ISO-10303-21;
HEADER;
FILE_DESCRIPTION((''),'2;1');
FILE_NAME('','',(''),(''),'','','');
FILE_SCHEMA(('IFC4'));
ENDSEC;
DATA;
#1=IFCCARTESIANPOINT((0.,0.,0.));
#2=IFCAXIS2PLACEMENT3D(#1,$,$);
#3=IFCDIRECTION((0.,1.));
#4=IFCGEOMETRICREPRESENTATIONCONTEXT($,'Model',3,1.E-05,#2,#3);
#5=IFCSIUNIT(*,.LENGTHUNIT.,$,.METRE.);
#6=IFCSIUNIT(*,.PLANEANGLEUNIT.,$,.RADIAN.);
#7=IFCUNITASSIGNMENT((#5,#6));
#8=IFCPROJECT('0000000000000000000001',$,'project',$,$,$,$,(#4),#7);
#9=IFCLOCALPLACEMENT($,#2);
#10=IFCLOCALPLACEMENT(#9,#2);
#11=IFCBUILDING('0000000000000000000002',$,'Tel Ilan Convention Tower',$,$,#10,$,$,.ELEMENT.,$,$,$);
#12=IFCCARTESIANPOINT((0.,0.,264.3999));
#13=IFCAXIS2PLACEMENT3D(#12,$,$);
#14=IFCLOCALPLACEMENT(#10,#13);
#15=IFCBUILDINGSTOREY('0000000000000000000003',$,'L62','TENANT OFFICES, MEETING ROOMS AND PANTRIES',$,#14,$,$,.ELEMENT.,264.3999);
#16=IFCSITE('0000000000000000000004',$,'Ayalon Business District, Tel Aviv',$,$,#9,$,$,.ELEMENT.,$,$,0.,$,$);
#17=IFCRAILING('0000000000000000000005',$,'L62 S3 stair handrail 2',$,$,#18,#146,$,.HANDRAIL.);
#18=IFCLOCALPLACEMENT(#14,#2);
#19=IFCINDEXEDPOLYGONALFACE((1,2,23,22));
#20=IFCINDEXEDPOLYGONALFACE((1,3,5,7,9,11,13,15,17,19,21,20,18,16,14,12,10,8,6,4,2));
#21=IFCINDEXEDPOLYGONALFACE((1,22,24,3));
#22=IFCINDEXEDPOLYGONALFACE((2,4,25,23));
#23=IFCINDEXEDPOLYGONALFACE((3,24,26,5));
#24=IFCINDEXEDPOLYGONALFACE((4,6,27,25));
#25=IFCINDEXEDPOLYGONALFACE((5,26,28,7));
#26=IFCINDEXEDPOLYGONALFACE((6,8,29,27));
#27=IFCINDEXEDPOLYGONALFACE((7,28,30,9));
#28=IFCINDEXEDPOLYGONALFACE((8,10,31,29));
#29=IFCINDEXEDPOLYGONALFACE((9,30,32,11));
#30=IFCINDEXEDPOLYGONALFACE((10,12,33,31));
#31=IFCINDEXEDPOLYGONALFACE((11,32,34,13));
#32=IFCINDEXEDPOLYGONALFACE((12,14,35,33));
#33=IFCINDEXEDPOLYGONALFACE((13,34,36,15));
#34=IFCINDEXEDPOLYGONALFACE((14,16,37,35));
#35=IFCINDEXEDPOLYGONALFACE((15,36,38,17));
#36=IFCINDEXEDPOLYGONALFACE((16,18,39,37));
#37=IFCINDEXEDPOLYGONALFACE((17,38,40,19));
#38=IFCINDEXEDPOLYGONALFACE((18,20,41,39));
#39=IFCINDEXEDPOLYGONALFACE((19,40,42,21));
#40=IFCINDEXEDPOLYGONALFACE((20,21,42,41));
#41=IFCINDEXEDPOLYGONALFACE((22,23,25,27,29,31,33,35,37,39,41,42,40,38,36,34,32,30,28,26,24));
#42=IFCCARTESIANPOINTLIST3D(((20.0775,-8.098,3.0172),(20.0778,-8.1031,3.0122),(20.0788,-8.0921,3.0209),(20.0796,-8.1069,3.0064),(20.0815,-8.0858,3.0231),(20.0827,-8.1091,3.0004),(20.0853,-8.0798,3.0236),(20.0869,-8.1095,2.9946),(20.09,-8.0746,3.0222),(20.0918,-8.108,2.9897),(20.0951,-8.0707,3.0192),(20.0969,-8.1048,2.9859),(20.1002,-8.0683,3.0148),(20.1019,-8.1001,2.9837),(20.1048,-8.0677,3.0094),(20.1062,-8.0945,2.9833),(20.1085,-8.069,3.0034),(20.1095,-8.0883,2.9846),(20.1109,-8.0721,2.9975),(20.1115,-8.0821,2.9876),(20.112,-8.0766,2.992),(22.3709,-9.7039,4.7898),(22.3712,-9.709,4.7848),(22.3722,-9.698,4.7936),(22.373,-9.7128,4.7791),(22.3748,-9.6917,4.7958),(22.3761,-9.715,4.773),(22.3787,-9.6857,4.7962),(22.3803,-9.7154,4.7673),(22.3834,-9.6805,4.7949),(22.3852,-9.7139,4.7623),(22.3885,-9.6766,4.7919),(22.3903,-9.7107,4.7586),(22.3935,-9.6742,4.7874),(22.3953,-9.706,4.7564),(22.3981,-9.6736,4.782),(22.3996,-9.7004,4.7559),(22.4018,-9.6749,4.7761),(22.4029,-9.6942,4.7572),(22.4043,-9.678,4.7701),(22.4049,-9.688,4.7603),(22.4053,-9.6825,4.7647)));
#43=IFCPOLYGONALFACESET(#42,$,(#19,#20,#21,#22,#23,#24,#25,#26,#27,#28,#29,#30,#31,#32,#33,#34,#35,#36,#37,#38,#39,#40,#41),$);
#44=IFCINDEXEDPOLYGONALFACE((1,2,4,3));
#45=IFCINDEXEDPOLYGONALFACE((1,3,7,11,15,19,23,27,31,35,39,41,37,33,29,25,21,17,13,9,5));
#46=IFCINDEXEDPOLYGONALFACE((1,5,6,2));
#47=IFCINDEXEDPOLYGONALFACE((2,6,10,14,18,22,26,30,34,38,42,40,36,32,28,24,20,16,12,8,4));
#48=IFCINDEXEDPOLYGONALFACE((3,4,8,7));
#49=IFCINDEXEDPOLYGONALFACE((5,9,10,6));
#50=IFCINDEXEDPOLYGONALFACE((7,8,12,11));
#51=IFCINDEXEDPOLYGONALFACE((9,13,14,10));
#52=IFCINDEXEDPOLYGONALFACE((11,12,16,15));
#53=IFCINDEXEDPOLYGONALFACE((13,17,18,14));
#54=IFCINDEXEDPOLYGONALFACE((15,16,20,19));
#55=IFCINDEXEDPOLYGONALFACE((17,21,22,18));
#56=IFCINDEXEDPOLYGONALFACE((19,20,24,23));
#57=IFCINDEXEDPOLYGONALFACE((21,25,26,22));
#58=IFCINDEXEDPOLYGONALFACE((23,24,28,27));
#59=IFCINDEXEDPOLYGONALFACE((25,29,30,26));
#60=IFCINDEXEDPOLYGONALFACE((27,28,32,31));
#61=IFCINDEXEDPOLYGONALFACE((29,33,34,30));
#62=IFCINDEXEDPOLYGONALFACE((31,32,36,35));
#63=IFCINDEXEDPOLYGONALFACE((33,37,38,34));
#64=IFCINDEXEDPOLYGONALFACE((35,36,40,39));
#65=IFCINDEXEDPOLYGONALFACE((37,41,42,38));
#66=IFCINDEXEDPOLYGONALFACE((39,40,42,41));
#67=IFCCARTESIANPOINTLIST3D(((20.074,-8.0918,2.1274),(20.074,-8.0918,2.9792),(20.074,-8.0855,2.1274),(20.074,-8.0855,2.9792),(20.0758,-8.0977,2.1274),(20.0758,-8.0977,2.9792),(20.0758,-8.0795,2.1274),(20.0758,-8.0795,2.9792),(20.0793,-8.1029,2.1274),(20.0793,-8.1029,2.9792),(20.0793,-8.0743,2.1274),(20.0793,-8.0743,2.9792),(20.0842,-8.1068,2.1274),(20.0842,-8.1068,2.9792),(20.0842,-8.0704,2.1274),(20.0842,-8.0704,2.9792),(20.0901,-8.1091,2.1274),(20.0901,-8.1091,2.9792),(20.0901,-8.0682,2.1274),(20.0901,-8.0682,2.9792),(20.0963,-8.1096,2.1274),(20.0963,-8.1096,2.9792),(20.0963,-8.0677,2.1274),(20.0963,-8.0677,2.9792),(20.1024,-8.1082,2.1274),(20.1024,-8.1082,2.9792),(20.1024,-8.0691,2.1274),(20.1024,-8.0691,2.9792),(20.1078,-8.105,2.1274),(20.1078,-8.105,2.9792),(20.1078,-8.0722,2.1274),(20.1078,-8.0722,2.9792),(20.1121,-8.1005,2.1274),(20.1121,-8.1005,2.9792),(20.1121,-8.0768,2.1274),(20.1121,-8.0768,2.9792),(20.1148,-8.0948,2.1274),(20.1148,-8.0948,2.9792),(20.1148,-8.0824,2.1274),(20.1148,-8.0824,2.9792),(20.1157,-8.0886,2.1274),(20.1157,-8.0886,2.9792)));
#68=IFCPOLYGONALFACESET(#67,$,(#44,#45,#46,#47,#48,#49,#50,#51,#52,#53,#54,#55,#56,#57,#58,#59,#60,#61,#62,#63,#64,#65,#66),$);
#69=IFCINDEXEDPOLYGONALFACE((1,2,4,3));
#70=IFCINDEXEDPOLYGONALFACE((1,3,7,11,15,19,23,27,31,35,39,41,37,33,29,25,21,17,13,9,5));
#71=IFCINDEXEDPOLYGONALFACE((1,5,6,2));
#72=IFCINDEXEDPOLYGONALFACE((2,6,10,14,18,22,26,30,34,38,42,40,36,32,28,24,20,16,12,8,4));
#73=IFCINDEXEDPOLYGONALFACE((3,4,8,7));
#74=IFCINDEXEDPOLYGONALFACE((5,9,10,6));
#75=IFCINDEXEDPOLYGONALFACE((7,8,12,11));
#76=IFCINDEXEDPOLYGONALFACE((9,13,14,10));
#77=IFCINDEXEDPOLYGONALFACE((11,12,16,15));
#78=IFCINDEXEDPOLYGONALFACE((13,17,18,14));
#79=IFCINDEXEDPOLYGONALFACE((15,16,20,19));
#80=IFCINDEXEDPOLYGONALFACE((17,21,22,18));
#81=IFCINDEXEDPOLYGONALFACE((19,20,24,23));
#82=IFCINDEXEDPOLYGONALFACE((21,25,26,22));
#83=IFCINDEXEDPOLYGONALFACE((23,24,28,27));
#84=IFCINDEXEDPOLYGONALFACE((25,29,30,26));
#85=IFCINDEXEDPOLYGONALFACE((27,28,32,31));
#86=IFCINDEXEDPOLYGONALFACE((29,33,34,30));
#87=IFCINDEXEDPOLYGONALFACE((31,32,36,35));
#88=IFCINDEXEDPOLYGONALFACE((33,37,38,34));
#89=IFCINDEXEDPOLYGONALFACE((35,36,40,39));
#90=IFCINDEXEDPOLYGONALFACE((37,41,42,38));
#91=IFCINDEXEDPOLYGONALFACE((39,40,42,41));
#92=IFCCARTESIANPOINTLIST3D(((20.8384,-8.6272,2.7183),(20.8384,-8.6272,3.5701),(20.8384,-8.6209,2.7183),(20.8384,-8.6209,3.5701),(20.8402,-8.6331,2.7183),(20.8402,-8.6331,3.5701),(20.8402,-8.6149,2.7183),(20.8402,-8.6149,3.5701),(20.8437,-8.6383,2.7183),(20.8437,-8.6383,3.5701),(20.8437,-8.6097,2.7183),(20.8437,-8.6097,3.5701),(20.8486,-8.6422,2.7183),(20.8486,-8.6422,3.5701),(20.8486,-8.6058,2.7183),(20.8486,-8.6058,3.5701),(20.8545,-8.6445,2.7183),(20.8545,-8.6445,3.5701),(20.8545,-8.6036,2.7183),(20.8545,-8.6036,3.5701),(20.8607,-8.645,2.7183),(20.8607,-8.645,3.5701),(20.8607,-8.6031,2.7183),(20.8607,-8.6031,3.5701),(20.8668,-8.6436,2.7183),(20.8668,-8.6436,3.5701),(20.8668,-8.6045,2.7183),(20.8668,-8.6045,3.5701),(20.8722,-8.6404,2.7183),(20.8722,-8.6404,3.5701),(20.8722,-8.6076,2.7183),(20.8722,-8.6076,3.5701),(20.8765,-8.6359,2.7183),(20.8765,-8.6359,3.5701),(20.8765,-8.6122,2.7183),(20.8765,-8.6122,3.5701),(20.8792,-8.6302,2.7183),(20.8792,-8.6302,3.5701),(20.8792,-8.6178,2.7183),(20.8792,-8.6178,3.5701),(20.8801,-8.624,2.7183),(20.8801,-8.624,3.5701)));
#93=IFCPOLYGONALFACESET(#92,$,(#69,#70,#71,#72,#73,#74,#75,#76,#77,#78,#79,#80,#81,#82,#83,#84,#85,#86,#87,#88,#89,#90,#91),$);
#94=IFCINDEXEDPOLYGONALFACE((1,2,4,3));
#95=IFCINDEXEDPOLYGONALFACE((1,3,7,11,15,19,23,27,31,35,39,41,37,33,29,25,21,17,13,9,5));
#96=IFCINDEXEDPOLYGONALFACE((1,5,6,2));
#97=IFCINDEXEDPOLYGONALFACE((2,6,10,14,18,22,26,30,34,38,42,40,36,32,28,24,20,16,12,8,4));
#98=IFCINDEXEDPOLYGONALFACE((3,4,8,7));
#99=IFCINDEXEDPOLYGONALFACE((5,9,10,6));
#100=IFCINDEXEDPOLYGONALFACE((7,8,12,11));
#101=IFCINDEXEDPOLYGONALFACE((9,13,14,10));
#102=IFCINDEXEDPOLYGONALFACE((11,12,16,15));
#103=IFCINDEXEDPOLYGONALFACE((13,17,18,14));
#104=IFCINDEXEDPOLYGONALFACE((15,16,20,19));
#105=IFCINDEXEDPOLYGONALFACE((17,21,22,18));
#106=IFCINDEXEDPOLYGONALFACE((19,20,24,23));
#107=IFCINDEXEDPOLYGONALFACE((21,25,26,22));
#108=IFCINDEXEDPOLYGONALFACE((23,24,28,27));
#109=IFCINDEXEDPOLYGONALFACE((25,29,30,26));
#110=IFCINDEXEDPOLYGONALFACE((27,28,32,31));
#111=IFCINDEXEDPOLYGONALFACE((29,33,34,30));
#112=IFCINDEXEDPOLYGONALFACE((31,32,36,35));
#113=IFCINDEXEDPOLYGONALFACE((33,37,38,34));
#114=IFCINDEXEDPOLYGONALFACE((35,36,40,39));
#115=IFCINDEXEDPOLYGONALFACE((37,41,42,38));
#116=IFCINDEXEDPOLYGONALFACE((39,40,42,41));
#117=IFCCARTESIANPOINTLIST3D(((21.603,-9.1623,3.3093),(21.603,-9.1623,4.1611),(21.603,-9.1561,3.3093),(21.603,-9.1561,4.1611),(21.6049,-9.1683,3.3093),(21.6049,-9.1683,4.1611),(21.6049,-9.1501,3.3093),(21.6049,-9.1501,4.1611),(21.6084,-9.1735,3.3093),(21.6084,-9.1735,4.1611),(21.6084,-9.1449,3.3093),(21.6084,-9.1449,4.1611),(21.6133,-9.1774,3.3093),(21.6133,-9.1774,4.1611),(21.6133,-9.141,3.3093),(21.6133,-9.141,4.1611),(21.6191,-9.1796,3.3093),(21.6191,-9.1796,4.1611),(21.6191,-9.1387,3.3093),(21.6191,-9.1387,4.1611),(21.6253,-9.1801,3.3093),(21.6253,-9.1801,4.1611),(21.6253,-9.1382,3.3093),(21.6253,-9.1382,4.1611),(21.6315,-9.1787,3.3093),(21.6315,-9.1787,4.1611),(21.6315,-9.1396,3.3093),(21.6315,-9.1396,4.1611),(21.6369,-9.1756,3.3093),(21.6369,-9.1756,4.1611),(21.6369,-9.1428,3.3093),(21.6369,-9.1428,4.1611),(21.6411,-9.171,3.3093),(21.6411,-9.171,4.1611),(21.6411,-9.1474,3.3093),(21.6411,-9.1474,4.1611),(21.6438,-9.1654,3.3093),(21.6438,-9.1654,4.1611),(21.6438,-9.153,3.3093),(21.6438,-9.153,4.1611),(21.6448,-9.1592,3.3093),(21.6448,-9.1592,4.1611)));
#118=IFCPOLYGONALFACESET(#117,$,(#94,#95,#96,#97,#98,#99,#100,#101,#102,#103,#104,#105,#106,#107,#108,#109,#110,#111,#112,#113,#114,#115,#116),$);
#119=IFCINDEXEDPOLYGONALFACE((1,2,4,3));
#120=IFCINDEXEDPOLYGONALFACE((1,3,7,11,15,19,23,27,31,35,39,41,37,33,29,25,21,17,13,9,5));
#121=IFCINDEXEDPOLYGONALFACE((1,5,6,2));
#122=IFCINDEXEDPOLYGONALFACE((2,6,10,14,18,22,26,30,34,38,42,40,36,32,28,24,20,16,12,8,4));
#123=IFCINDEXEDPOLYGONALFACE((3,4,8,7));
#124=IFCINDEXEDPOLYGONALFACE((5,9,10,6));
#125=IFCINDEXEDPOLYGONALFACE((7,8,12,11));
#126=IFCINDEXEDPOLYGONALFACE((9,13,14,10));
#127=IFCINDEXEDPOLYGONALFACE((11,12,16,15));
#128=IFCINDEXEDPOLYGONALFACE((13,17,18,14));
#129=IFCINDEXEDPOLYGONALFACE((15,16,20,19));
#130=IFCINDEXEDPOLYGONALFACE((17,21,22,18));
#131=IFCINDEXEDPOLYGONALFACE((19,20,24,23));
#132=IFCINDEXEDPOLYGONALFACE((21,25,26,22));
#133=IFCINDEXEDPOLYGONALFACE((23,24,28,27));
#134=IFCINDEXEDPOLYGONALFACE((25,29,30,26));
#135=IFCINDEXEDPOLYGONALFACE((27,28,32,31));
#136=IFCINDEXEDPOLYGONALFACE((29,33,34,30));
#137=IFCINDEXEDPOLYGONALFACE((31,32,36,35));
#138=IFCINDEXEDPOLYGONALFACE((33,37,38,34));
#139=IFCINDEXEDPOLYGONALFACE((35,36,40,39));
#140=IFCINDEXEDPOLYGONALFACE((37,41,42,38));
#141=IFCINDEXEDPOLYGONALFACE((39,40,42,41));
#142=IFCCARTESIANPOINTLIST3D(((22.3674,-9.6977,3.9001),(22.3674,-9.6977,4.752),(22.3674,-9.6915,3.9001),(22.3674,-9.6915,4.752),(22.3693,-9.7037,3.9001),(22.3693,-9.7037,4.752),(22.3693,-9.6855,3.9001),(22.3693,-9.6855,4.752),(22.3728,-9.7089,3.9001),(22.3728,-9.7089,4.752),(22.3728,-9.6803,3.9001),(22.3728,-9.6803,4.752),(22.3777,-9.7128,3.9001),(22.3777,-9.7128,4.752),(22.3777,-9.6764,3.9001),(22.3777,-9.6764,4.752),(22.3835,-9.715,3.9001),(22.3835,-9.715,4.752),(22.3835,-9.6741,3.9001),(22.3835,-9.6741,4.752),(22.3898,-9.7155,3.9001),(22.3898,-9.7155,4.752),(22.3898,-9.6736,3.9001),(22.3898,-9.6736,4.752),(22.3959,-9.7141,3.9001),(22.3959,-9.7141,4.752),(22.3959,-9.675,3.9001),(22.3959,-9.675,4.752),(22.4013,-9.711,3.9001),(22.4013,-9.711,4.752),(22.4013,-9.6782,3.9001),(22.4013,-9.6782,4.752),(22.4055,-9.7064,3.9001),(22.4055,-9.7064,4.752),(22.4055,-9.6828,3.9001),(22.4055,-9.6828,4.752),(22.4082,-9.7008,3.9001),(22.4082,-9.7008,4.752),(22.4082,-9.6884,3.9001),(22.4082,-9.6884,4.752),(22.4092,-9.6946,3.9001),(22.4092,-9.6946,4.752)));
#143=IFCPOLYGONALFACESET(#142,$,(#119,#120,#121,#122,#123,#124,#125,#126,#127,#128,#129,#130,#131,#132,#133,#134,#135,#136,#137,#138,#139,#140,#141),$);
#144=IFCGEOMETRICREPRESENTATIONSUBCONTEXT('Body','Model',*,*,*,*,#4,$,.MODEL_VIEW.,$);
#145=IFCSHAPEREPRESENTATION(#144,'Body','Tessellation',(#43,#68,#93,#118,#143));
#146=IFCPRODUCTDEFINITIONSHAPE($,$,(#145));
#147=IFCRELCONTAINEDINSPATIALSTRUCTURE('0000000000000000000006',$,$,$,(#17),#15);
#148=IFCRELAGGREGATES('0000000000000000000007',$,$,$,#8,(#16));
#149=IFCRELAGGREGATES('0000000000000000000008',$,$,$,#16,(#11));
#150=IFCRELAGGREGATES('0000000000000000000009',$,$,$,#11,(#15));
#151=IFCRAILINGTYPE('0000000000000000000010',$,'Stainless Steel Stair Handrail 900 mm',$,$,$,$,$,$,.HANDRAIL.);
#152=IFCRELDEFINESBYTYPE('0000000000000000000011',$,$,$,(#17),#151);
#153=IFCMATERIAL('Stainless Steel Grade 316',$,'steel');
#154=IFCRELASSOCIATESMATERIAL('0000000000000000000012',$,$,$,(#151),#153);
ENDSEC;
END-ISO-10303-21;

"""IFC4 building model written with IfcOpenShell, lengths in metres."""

from ifc_helpers import new_model, si_unit, direction, frame, origin, origin_2d, place, context, subcontext, project, spatial, circle, extrude, material, type_object, element, save


model = new_model("IFC4")

# Units and contexts
model_context = context("Model", 3, precision=1e-05, world=origin(), true_north=direction((0.0, 1.0)))
body_context = subcontext(model_context, "Body", "Model", "MODEL_VIEW")
ifc_project = project(units=[si_unit("LENGTHUNIT", "METRE"), si_unit("PLANEANGLEUNIT", "RADIAN")], contexts=[model_context])

# Site, building, storey
site_placement = place(None, origin())
site = spatial("IfcSite", under=ifc_project, at=site_placement, Name="Ayalon Business District, Tel Aviv", CompositionType="ELEMENT", RefElevation=0.0)
building_placement = place(site_placement, origin())
building = spatial("IfcBuilding", under=site, at=building_placement, Name="Tel Ilan Convention Tower", CompositionType="ELEMENT")
storey_placement = place(building_placement, frame((0.0, 0.0, 264.3999)))
storey = spatial("IfcBuildingStorey", under=building, at=storey_placement, Name="L62", Description="TENANT OFFICES, MEETING ROOMS AND PANTRIES", CompositionType="ELEMENT", Elevation=264.3999)

# Railing
ifc_material_1 = material(Name="Stainless Steel Grade 316", Category="steel")
railing_type_1 = type_object("IfcRailingType", Name="Stainless Steel Stair Handrail 900 mm", PredefinedType="HANDRAIL", material=ifc_material_1)
railing_1_placement = place(storey_placement, frame((20.0947, -8.0886, 2.1274)))
element("IfcRailing", 1, at=railing_1_placement, inside=storey, type_object=railing_type_1, Name="L62 S3 stair handrail 2", PredefinedType="HANDRAIL", context=body_context, shape_type="SweptSolid", body=[
    extrude(circle(Radius=0.0239, at=origin_2d()), frame((0.0, 0.0, 0.876), z_axis=(0.692085, -0.484621, 0.53494), x_axis=(0.573591, 0.819142, 0.0)), (0.0, 0.0, 1.0), 3.3137),
    extrude(circle(Radius=0.021, at=origin_2d()), origin(), (0.0, 0.0, 1.0), 0.8518),
    extrude(circle(Radius=0.021, at=origin_2d()), frame((0.7644, -0.5354, 0.5908)), (0.0, 0.0, 1.0), 0.8518),
    extrude(circle(Radius=0.021, at=origin_2d()), frame((1.5291, -1.0706, 1.1819)), (0.0, 0.0, 1.0), 0.8518),
    extrude(circle(Radius=0.021, at=origin_2d()), frame((2.2935, -1.606, 1.7727)), (0.0, 0.0, 1.0), 0.8518),
])

save(model, "model.ifc")
